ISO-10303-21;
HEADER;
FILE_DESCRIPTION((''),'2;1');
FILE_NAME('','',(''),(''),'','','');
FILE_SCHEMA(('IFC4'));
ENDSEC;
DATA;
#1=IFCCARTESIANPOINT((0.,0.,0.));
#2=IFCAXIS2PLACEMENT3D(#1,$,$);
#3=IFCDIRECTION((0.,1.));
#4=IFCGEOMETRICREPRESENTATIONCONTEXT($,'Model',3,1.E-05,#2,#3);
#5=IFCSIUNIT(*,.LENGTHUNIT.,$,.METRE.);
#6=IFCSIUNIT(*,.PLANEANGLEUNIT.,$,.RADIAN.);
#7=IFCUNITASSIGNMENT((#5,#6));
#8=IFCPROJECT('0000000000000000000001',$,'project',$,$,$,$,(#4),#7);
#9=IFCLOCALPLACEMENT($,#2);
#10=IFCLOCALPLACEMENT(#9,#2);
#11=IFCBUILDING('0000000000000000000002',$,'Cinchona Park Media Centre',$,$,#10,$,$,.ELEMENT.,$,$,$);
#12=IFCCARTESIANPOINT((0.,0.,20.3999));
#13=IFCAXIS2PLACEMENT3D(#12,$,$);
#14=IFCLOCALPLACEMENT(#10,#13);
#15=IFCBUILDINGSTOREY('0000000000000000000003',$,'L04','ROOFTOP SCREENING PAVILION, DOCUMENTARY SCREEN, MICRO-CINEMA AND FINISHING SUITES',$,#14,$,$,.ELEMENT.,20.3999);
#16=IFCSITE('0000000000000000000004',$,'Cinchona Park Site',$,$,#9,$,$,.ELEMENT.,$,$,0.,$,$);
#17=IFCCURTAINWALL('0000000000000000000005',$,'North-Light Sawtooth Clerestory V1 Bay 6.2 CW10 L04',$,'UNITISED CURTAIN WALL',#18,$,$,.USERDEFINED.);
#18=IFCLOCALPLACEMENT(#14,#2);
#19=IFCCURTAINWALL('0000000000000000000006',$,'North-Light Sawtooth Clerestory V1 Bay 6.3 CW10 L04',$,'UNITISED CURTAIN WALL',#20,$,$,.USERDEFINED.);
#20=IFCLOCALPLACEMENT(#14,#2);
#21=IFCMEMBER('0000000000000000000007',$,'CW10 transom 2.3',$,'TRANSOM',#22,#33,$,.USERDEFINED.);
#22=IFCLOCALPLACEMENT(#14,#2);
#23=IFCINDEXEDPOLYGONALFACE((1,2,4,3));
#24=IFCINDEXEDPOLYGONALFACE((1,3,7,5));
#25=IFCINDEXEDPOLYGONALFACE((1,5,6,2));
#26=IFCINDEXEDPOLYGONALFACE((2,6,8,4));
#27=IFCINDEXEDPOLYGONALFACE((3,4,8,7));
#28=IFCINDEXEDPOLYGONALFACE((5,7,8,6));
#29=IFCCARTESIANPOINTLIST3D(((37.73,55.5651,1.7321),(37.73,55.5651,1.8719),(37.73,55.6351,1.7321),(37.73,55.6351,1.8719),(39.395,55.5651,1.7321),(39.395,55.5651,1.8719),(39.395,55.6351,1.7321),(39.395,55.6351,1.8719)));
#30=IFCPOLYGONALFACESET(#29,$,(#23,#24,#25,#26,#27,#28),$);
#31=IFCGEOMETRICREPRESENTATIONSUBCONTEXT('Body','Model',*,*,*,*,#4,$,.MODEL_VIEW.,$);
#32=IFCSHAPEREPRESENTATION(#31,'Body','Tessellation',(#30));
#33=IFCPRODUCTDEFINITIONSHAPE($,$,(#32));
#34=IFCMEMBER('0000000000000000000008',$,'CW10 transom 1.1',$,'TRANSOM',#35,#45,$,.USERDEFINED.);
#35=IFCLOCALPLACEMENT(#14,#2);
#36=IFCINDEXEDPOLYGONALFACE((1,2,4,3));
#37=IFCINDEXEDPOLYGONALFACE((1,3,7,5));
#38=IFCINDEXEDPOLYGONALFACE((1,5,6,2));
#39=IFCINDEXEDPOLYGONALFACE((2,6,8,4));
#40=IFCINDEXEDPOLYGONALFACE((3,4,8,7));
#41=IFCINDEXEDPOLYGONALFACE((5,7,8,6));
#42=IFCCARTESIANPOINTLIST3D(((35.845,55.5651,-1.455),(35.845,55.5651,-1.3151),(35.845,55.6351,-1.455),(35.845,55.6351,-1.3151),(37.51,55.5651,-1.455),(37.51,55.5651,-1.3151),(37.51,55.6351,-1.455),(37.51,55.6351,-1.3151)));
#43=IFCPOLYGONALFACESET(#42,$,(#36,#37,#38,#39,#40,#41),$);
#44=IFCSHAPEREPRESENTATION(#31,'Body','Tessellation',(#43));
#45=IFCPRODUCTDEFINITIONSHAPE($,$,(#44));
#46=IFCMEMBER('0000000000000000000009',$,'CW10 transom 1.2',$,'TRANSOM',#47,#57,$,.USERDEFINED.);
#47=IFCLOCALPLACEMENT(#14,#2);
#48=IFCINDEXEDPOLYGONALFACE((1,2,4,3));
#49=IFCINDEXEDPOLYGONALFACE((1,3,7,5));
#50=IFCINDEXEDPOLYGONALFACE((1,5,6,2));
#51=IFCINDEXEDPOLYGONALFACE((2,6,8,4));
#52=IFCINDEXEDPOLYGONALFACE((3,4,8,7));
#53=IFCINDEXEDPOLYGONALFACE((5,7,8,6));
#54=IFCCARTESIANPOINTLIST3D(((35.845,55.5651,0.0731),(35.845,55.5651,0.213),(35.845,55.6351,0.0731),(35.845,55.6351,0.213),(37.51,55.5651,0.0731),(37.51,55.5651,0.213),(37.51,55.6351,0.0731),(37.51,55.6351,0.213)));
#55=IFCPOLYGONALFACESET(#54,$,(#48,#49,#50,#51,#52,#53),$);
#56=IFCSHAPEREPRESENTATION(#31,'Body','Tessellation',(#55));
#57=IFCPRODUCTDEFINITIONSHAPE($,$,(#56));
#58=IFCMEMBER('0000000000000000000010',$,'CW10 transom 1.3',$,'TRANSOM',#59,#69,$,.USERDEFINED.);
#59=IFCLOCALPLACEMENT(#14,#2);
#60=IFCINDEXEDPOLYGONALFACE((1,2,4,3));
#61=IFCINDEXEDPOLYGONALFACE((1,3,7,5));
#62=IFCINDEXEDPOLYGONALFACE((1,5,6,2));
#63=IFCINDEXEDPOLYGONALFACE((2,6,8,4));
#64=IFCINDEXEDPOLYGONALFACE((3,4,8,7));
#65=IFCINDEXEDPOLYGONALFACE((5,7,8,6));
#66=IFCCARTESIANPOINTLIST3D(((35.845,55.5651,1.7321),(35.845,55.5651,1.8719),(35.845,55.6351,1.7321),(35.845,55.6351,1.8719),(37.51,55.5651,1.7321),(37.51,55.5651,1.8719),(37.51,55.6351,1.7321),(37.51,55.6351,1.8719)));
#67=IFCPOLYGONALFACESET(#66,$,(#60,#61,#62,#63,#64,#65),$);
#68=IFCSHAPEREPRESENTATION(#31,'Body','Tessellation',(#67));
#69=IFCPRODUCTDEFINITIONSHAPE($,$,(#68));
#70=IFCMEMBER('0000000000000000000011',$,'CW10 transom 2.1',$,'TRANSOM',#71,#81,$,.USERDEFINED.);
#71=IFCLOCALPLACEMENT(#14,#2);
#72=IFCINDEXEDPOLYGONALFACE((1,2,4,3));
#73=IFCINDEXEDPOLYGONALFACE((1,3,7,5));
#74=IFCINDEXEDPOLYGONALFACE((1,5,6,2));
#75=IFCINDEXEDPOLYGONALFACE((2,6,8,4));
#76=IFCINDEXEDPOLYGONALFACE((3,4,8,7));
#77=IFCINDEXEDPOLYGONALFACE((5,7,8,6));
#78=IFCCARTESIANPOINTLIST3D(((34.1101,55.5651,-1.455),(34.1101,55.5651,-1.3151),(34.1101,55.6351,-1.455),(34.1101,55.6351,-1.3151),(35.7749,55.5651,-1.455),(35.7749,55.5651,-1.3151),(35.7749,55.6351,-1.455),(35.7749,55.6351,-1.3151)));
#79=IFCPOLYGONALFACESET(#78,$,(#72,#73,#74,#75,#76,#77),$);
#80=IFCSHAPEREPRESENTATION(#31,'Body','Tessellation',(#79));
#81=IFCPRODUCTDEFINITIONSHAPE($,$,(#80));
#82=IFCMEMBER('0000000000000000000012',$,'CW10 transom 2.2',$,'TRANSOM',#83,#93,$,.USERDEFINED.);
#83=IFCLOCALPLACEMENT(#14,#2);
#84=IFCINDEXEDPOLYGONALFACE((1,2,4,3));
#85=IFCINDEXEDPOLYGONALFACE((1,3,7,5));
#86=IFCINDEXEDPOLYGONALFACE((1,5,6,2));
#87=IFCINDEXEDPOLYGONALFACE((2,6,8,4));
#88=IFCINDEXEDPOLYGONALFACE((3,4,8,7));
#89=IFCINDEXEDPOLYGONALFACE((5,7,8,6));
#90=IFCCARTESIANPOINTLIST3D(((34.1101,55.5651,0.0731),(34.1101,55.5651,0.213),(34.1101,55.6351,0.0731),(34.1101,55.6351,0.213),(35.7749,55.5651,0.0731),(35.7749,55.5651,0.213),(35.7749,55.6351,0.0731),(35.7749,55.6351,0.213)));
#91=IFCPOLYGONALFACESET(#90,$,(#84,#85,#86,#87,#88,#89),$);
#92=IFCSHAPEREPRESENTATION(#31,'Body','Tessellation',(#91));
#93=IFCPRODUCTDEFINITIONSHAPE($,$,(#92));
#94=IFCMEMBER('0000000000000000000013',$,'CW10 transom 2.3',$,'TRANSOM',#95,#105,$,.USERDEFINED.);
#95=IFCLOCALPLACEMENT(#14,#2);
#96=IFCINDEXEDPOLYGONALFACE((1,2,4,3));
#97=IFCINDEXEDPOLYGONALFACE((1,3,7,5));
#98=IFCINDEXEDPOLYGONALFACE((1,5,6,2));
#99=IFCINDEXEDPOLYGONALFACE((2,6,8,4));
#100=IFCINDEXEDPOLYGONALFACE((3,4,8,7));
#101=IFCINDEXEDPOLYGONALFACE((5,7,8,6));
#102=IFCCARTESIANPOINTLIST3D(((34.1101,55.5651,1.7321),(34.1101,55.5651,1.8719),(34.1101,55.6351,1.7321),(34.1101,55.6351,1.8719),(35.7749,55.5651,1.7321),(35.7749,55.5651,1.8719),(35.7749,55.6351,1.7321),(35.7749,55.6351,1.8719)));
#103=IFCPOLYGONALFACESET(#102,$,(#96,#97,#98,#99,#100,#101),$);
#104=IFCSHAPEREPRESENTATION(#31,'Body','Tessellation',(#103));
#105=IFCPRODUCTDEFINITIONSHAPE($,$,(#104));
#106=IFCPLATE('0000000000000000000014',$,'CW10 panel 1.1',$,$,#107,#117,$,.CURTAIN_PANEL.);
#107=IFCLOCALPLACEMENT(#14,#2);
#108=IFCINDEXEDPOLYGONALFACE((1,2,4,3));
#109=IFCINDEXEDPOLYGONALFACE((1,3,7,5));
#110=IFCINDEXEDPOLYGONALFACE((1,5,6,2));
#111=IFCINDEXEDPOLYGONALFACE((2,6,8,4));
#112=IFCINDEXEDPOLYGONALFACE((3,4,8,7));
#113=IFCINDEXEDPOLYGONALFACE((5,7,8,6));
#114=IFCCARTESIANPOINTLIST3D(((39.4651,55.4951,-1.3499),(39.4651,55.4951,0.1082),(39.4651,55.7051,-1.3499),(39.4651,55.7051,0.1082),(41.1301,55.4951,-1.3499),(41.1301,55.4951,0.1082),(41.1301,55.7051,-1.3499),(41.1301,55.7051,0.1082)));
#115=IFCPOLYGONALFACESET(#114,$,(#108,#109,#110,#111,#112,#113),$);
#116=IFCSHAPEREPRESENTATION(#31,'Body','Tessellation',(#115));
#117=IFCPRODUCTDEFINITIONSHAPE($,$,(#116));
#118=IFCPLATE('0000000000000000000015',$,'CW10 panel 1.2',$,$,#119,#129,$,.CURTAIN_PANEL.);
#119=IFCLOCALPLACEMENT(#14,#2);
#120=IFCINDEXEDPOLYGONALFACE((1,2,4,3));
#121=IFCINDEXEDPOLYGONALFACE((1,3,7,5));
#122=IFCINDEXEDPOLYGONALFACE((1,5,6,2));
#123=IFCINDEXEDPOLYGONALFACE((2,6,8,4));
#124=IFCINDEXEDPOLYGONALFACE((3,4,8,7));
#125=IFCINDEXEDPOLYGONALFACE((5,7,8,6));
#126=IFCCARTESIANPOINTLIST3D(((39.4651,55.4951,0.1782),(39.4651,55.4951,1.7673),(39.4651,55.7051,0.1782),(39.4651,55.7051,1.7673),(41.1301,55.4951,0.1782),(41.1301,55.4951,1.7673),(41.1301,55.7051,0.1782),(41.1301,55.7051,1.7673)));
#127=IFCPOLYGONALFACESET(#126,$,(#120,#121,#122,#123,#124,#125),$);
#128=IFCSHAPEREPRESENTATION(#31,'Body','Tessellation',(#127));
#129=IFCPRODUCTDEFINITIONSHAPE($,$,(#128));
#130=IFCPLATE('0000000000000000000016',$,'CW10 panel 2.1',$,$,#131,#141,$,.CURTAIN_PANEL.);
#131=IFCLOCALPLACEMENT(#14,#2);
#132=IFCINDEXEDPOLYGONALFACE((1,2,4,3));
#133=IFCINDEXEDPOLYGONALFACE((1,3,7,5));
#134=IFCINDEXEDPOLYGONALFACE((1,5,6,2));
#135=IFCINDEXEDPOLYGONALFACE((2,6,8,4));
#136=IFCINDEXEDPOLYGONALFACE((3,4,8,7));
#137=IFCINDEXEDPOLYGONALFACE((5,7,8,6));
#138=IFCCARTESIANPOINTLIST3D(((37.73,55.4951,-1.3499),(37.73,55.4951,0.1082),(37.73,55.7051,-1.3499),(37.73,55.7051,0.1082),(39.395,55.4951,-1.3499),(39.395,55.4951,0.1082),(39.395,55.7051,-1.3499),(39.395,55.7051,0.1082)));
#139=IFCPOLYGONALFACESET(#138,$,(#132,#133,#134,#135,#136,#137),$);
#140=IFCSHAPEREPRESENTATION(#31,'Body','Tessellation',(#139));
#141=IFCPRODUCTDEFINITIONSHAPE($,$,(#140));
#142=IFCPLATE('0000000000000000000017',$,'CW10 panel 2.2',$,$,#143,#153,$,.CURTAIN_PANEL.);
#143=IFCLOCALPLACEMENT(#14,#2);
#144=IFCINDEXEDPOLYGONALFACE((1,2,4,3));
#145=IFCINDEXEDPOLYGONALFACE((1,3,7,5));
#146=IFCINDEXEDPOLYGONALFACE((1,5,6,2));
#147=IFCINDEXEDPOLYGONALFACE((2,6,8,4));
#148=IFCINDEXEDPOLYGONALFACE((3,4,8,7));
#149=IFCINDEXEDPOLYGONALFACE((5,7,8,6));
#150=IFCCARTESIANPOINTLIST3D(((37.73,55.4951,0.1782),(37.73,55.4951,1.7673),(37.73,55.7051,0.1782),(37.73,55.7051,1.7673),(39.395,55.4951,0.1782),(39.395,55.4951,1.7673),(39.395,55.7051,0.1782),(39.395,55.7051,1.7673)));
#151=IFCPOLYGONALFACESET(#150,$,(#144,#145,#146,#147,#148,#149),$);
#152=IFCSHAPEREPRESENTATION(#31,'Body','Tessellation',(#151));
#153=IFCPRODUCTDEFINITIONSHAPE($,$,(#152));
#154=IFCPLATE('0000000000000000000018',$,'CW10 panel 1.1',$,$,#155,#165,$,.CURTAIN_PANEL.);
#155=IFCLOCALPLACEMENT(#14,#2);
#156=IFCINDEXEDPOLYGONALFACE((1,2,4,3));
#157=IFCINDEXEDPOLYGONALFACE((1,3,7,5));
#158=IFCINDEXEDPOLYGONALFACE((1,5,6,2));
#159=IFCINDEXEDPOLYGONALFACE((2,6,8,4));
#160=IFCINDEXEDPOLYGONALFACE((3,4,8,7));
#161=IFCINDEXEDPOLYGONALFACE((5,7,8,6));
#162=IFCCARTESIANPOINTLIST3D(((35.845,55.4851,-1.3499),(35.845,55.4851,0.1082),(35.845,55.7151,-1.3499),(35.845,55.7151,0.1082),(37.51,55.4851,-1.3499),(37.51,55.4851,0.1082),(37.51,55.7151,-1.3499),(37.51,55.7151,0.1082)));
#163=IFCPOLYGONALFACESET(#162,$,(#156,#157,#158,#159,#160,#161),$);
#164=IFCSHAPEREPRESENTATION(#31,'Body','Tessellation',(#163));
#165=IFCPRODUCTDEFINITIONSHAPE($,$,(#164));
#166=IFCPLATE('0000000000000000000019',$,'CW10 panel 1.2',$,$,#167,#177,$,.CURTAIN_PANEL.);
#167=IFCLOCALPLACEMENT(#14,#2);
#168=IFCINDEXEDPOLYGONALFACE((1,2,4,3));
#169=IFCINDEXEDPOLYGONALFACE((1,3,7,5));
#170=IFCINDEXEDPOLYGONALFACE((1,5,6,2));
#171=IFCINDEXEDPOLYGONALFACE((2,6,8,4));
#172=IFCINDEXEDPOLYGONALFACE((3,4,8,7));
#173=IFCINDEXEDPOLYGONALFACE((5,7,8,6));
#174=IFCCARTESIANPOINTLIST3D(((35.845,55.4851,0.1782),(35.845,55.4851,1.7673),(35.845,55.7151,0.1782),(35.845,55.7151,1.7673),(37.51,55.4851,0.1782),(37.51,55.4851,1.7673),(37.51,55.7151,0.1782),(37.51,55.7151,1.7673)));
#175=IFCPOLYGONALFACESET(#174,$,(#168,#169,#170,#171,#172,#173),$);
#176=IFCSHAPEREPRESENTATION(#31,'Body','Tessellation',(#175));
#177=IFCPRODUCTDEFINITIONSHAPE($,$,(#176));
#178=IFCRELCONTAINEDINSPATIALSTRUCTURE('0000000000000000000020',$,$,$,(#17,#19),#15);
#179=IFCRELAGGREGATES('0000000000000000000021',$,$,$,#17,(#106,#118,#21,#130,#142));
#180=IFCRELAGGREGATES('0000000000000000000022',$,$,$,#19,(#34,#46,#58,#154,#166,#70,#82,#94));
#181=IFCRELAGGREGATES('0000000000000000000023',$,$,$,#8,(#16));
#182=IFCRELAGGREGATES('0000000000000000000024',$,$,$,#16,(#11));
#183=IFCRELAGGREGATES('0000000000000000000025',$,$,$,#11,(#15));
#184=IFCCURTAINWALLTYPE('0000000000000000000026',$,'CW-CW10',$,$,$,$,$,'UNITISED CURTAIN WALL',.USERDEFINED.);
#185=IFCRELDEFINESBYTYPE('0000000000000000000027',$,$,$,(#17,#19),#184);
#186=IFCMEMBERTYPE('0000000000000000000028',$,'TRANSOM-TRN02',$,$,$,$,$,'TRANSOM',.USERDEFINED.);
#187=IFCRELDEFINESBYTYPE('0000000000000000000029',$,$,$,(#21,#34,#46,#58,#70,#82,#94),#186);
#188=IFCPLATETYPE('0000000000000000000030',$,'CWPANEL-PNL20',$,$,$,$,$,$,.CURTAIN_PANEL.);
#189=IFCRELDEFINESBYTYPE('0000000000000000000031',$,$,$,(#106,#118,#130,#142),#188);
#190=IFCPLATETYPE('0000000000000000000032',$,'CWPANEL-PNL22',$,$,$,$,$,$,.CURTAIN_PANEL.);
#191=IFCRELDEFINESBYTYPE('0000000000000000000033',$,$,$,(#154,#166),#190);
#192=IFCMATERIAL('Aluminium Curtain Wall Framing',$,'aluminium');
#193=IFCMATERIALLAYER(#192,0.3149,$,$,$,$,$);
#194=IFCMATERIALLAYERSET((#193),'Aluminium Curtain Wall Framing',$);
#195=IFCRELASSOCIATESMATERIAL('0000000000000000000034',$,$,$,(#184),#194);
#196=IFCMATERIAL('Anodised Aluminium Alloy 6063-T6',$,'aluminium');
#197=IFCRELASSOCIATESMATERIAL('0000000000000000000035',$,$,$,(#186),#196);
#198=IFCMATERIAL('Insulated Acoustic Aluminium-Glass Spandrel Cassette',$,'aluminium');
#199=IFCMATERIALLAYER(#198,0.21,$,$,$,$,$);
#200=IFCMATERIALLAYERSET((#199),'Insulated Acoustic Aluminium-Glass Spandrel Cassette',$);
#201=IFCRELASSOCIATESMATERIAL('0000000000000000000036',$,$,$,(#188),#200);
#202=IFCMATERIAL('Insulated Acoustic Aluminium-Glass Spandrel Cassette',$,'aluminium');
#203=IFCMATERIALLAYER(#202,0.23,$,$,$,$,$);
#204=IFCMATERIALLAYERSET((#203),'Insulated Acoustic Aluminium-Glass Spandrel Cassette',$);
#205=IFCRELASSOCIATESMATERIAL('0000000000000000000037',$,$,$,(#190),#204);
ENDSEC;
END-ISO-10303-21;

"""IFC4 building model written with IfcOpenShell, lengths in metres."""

from ifc_helpers import new_model, si_unit, direction, frame, origin, origin_2d, place, context, subcontext, project, spatial, rectangle, extrude, material, layer, layer_set, material_profile, profile_set, type_object, element, aggregate, save


model = new_model("IFC4")

# Units and contexts
model_context = context("Model", 3, precision=1e-05, world=origin(), true_north=direction((0.0, 1.0)))
body_context = subcontext(model_context, "Body", "Model", "MODEL_VIEW")
ifc_project = project(units=[si_unit("LENGTHUNIT", "METRE"), si_unit("PLANEANGLEUNIT", "RADIAN")], contexts=[model_context])

# Site, building, storey
site_placement = place(None, origin())
site = spatial("IfcSite", under=ifc_project, at=site_placement, Name="Cinchona Park Site", CompositionType="ELEMENT", RefElevation=0.0)
building_placement = place(site_placement, origin())
building = spatial("IfcBuilding", under=site, at=building_placement, Name="Cinchona Park Media Centre", CompositionType="ELEMENT")
storey_placement = place(building_placement, frame((0.0, 0.0, 20.3999)))
storey = spatial("IfcBuildingStorey", under=building, at=storey_placement, Name="L04", Description="ROOFTOP SCREENING PAVILION, DOCUMENTARY SCREEN, MICRO-CINEMA AND FINISHING SUITES", CompositionType="ELEMENT", Elevation=20.3999)

# Shared definitions
ifc_material_1 = material(Name="Aluminium Curtain Wall Framing", Category="aluminium")
ifc_layer_1 = layer(ifc_material_1, 0.3149)
ifc_layer_set_1 = layer_set([ifc_layer_1], Name="Aluminium Curtain Wall Framing")
curtain_wall_type = type_object("IfcCurtainWallType", Name="CW-CW10", ElementType="UNITISED CURTAIN WALL", PredefinedType="USERDEFINED", material=ifc_layer_set_1)

# Curtain walls
curtain_wall_1_placement = place(storey_placement, origin())
curtain_wall_1 = element("IfcCurtainWall", 1, at=curtain_wall_1_placement, inside=storey, type_object=curtain_wall_type, Name="North-Light Sawtooth Clerestory V1 Bay 6.2 CW10 L04", ObjectType="UNITISED CURTAIN WALL", PredefinedType="USERDEFINED")
curtain_wall_2_placement = place(storey_placement, origin())
curtain_wall_2 = element("IfcCurtainWall", 2, at=curtain_wall_2_placement, inside=storey, type_object=curtain_wall_type, Name="North-Light Sawtooth Clerestory V1 Bay 6.3 CW10 L04", ObjectType="UNITISED CURTAIN WALL", PredefinedType="USERDEFINED")

# Members
ifc_material_2 = material(Name="Anodised Aluminium Alloy 6063-T6", Category="aluminium")
ifc_material_profile_1 = material_profile(ifc_material_2, rectangle(XDim=0.0701, YDim=0.1399, at=origin_2d()), Name="TRN-70X140")
ifc_profile_set_1 = profile_set([ifc_material_profile_1], Name="Anodised Aluminium Alloy 6063-T6")
member_type_1 = type_object("IfcMemberType", Name="TRANSOM-TRN02", ElementType="TRANSOM", PredefinedType="USERDEFINED", material=ifc_profile_set_1)
member_1_placement = place(storey_placement, frame((39.395, 55.6001, 1.802), z_axis=(-1.0, 0.0, 0.0), x_axis=(0.0, -1.0, 0.0)))
member_1 = element("IfcMember", 3, at=member_1_placement, type_object=member_type_1, Name="CW10 transom 2.3", ObjectType="TRANSOM", PredefinedType="USERDEFINED", context=body_context, shape_type="SweptSolid", body=[
    extrude(rectangle(XDim=0.0701, YDim=0.1399, at=origin_2d()), origin(), (0.0, 0.0, 1.0), 1.665),
])
member_2_placement = place(storey_placement, frame((37.51, 55.6001, -1.385), z_axis=(-1.0, 0.0, 0.0), x_axis=(0.0, -1.0, 0.0)))
member_2 = element("IfcMember", 4, at=member_2_placement, type_object=member_type_1, Name="CW10 transom 1.1", ObjectType="TRANSOM", PredefinedType="USERDEFINED", context=body_context, shape_type="SweptSolid", body=[
    extrude(rectangle(XDim=0.0701, YDim=0.1399, at=origin_2d()), origin(), (0.0, 0.0, 1.0), 1.665),
])
member_3_placement = place(storey_placement, frame((37.51, 55.6001, 0.1431), z_axis=(-1.0, 0.0, 0.0), x_axis=(0.0, -1.0, 0.0)))
member_3 = element("IfcMember", 5, at=member_3_placement, type_object=member_type_1, Name="CW10 transom 1.2", ObjectType="TRANSOM", PredefinedType="USERDEFINED", context=body_context, shape_type="SweptSolid", body=[
    extrude(rectangle(XDim=0.0701, YDim=0.1399, at=origin_2d()), origin(), (0.0, 0.0, 1.0), 1.665),
])
member_4_placement = place(storey_placement, frame((37.51, 55.6001, 1.802), z_axis=(-1.0, 0.0, 0.0), x_axis=(0.0, -1.0, 0.0)))
member_4 = element("IfcMember", 6, at=member_4_placement, type_object=member_type_1, Name="CW10 transom 1.3", ObjectType="TRANSOM", PredefinedType="USERDEFINED", context=body_context, shape_type="SweptSolid", body=[
    extrude(rectangle(XDim=0.0701, YDim=0.1399, at=origin_2d()), origin(), (0.0, 0.0, 1.0), 1.665),
])
member_5_placement = place(storey_placement, frame((35.7749, 55.6001, -1.385), z_axis=(-1.0, 0.0, 0.0), x_axis=(0.0, -1.0, 0.0)))
member_5 = element("IfcMember", 7, at=member_5_placement, type_object=member_type_1, Name="CW10 transom 2.1", ObjectType="TRANSOM", PredefinedType="USERDEFINED", context=body_context, shape_type="SweptSolid", body=[
    extrude(rectangle(XDim=0.0701, YDim=0.1399, at=origin_2d()), origin(), (0.0, 0.0, 1.0), 1.6648),
])
member_6_placement = place(storey_placement, frame((35.7749, 55.6001, 0.1431), z_axis=(-1.0, 0.0, 0.0), x_axis=(0.0, -1.0, 0.0)))
member_6 = element("IfcMember", 8, at=member_6_placement, type_object=member_type_1, Name="CW10 transom 2.2", ObjectType="TRANSOM", PredefinedType="USERDEFINED", context=body_context, shape_type="SweptSolid", body=[
    extrude(rectangle(XDim=0.0701, YDim=0.1399, at=origin_2d()), origin(), (0.0, 0.0, 1.0), 1.6648),
])
member_7_placement = place(storey_placement, frame((35.7749, 55.6001, 1.802), z_axis=(-1.0, 0.0, 0.0), x_axis=(0.0, -1.0, 0.0)))
member_7 = element("IfcMember", 9, at=member_7_placement, type_object=member_type_1, Name="CW10 transom 2.3", ObjectType="TRANSOM", PredefinedType="USERDEFINED", context=body_context, shape_type="SweptSolid", body=[
    extrude(rectangle(XDim=0.0701, YDim=0.1399, at=origin_2d()), origin(), (0.0, 0.0, 1.0), 1.6648),
])

# Plates
ifc_material_3 = material(Name="Insulated Acoustic Aluminium-Glass Spandrel Cassette", Category="aluminium")
ifc_layer_2 = layer(ifc_material_3, 0.21)
ifc_layer_set_2 = layer_set([ifc_layer_2], Name="Insulated Acoustic Aluminium-Glass Spandrel Cassette")
plate_type_1 = type_object("IfcPlateType", Name="CWPANEL-PNL20", PredefinedType="CURTAIN_PANEL", material=ifc_layer_set_2)
plate_1_placement = place(storey_placement, frame((40.2976, 55.6001, -1.3499), z_axis=(0.0, 0.0, 1.0), x_axis=(-1.0, 0.0, 0.0)))
plate_1 = element("IfcPlate", 10, at=plate_1_placement, type_object=plate_type_1, Name="CW10 panel 1.1", PredefinedType="CURTAIN_PANEL", context=body_context, shape_type="SweptSolid", body=[
    extrude(rectangle(XDim=1.665, YDim=0.21, at=origin_2d()), origin(), (0.0, 0.0, 1.0), 1.458),
])
plate_2_placement = place(storey_placement, frame((40.2976, 55.6001, 0.1782), z_axis=(0.0, 0.0, 1.0), x_axis=(-1.0, 0.0, 0.0)))
plate_2 = element("IfcPlate", 11, at=plate_2_placement, type_object=plate_type_1, Name="CW10 panel 1.2", PredefinedType="CURTAIN_PANEL", context=body_context, shape_type="SweptSolid", body=[
    extrude(rectangle(XDim=1.665, YDim=0.21, at=origin_2d()), origin(), (0.0, 0.0, 1.0), 1.5891),
])
plate_3_placement = place(storey_placement, frame((38.5625, 55.6001, -1.3499), z_axis=(0.0, 0.0, 1.0), x_axis=(-1.0, 0.0, 0.0)))
plate_3 = element("IfcPlate", 12, at=plate_3_placement, type_object=plate_type_1, Name="CW10 panel 2.1", PredefinedType="CURTAIN_PANEL", context=body_context, shape_type="SweptSolid", body=[
    extrude(rectangle(XDim=1.665, YDim=0.21, at=origin_2d()), origin(), (0.0, 0.0, 1.0), 1.458),
])
plate_4_placement = place(storey_placement, frame((38.5625, 55.6001, 0.1782), z_axis=(0.0, 0.0, 1.0), x_axis=(-1.0, 0.0, 0.0)))
plate_4 = element("IfcPlate", 13, at=plate_4_placement, type_object=plate_type_1, Name="CW10 panel 2.2", PredefinedType="CURTAIN_PANEL", context=body_context, shape_type="SweptSolid", body=[
    extrude(rectangle(XDim=1.665, YDim=0.21, at=origin_2d()), origin(), (0.0, 0.0, 1.0), 1.5891),
])
aggregate(curtain_wall_1, [plate_1, plate_2, member_1, plate_3, plate_4])
ifc_material_4 = material(Name="Insulated Acoustic Aluminium-Glass Spandrel Cassette", Category="aluminium")
ifc_layer_3 = layer(ifc_material_4, 0.23)
ifc_layer_set_3 = layer_set([ifc_layer_3], Name="Insulated Acoustic Aluminium-Glass Spandrel Cassette")
plate_type_2 = type_object("IfcPlateType", Name="CWPANEL-PNL22", PredefinedType="CURTAIN_PANEL", material=ifc_layer_set_3)
plate_5_placement = place(storey_placement, frame((36.6775, 55.6001, -1.3499), z_axis=(0.0, 0.0, 1.0), x_axis=(-1.0, 0.0, 0.0)))
plate_5 = element("IfcPlate", 14, at=plate_5_placement, type_object=plate_type_2, Name="CW10 panel 1.1", PredefinedType="CURTAIN_PANEL", context=body_context, shape_type="SweptSolid", body=[
    extrude(rectangle(XDim=1.665, YDim=0.23, at=origin_2d()), origin(), (0.0, 0.0, 1.0), 1.458),
])
plate_6_placement = place(storey_placement, frame((36.6775, 55.6001, 0.1782), z_axis=(0.0, 0.0, 1.0), x_axis=(-1.0, 0.0, 0.0)))
plate_6 = element("IfcPlate", 15, at=plate_6_placement, type_object=plate_type_2, Name="CW10 panel 1.2", PredefinedType="CURTAIN_PANEL", context=body_context, shape_type="SweptSolid", body=[
    extrude(rectangle(XDim=1.665, YDim=0.23, at=origin_2d()), origin(), (0.0, 0.0, 1.0), 1.5891),
])
aggregate(curtain_wall_2, [member_2, member_3, member_4, plate_5, plate_6, member_5, member_6, member_7])

save(model, "model.ifc")
